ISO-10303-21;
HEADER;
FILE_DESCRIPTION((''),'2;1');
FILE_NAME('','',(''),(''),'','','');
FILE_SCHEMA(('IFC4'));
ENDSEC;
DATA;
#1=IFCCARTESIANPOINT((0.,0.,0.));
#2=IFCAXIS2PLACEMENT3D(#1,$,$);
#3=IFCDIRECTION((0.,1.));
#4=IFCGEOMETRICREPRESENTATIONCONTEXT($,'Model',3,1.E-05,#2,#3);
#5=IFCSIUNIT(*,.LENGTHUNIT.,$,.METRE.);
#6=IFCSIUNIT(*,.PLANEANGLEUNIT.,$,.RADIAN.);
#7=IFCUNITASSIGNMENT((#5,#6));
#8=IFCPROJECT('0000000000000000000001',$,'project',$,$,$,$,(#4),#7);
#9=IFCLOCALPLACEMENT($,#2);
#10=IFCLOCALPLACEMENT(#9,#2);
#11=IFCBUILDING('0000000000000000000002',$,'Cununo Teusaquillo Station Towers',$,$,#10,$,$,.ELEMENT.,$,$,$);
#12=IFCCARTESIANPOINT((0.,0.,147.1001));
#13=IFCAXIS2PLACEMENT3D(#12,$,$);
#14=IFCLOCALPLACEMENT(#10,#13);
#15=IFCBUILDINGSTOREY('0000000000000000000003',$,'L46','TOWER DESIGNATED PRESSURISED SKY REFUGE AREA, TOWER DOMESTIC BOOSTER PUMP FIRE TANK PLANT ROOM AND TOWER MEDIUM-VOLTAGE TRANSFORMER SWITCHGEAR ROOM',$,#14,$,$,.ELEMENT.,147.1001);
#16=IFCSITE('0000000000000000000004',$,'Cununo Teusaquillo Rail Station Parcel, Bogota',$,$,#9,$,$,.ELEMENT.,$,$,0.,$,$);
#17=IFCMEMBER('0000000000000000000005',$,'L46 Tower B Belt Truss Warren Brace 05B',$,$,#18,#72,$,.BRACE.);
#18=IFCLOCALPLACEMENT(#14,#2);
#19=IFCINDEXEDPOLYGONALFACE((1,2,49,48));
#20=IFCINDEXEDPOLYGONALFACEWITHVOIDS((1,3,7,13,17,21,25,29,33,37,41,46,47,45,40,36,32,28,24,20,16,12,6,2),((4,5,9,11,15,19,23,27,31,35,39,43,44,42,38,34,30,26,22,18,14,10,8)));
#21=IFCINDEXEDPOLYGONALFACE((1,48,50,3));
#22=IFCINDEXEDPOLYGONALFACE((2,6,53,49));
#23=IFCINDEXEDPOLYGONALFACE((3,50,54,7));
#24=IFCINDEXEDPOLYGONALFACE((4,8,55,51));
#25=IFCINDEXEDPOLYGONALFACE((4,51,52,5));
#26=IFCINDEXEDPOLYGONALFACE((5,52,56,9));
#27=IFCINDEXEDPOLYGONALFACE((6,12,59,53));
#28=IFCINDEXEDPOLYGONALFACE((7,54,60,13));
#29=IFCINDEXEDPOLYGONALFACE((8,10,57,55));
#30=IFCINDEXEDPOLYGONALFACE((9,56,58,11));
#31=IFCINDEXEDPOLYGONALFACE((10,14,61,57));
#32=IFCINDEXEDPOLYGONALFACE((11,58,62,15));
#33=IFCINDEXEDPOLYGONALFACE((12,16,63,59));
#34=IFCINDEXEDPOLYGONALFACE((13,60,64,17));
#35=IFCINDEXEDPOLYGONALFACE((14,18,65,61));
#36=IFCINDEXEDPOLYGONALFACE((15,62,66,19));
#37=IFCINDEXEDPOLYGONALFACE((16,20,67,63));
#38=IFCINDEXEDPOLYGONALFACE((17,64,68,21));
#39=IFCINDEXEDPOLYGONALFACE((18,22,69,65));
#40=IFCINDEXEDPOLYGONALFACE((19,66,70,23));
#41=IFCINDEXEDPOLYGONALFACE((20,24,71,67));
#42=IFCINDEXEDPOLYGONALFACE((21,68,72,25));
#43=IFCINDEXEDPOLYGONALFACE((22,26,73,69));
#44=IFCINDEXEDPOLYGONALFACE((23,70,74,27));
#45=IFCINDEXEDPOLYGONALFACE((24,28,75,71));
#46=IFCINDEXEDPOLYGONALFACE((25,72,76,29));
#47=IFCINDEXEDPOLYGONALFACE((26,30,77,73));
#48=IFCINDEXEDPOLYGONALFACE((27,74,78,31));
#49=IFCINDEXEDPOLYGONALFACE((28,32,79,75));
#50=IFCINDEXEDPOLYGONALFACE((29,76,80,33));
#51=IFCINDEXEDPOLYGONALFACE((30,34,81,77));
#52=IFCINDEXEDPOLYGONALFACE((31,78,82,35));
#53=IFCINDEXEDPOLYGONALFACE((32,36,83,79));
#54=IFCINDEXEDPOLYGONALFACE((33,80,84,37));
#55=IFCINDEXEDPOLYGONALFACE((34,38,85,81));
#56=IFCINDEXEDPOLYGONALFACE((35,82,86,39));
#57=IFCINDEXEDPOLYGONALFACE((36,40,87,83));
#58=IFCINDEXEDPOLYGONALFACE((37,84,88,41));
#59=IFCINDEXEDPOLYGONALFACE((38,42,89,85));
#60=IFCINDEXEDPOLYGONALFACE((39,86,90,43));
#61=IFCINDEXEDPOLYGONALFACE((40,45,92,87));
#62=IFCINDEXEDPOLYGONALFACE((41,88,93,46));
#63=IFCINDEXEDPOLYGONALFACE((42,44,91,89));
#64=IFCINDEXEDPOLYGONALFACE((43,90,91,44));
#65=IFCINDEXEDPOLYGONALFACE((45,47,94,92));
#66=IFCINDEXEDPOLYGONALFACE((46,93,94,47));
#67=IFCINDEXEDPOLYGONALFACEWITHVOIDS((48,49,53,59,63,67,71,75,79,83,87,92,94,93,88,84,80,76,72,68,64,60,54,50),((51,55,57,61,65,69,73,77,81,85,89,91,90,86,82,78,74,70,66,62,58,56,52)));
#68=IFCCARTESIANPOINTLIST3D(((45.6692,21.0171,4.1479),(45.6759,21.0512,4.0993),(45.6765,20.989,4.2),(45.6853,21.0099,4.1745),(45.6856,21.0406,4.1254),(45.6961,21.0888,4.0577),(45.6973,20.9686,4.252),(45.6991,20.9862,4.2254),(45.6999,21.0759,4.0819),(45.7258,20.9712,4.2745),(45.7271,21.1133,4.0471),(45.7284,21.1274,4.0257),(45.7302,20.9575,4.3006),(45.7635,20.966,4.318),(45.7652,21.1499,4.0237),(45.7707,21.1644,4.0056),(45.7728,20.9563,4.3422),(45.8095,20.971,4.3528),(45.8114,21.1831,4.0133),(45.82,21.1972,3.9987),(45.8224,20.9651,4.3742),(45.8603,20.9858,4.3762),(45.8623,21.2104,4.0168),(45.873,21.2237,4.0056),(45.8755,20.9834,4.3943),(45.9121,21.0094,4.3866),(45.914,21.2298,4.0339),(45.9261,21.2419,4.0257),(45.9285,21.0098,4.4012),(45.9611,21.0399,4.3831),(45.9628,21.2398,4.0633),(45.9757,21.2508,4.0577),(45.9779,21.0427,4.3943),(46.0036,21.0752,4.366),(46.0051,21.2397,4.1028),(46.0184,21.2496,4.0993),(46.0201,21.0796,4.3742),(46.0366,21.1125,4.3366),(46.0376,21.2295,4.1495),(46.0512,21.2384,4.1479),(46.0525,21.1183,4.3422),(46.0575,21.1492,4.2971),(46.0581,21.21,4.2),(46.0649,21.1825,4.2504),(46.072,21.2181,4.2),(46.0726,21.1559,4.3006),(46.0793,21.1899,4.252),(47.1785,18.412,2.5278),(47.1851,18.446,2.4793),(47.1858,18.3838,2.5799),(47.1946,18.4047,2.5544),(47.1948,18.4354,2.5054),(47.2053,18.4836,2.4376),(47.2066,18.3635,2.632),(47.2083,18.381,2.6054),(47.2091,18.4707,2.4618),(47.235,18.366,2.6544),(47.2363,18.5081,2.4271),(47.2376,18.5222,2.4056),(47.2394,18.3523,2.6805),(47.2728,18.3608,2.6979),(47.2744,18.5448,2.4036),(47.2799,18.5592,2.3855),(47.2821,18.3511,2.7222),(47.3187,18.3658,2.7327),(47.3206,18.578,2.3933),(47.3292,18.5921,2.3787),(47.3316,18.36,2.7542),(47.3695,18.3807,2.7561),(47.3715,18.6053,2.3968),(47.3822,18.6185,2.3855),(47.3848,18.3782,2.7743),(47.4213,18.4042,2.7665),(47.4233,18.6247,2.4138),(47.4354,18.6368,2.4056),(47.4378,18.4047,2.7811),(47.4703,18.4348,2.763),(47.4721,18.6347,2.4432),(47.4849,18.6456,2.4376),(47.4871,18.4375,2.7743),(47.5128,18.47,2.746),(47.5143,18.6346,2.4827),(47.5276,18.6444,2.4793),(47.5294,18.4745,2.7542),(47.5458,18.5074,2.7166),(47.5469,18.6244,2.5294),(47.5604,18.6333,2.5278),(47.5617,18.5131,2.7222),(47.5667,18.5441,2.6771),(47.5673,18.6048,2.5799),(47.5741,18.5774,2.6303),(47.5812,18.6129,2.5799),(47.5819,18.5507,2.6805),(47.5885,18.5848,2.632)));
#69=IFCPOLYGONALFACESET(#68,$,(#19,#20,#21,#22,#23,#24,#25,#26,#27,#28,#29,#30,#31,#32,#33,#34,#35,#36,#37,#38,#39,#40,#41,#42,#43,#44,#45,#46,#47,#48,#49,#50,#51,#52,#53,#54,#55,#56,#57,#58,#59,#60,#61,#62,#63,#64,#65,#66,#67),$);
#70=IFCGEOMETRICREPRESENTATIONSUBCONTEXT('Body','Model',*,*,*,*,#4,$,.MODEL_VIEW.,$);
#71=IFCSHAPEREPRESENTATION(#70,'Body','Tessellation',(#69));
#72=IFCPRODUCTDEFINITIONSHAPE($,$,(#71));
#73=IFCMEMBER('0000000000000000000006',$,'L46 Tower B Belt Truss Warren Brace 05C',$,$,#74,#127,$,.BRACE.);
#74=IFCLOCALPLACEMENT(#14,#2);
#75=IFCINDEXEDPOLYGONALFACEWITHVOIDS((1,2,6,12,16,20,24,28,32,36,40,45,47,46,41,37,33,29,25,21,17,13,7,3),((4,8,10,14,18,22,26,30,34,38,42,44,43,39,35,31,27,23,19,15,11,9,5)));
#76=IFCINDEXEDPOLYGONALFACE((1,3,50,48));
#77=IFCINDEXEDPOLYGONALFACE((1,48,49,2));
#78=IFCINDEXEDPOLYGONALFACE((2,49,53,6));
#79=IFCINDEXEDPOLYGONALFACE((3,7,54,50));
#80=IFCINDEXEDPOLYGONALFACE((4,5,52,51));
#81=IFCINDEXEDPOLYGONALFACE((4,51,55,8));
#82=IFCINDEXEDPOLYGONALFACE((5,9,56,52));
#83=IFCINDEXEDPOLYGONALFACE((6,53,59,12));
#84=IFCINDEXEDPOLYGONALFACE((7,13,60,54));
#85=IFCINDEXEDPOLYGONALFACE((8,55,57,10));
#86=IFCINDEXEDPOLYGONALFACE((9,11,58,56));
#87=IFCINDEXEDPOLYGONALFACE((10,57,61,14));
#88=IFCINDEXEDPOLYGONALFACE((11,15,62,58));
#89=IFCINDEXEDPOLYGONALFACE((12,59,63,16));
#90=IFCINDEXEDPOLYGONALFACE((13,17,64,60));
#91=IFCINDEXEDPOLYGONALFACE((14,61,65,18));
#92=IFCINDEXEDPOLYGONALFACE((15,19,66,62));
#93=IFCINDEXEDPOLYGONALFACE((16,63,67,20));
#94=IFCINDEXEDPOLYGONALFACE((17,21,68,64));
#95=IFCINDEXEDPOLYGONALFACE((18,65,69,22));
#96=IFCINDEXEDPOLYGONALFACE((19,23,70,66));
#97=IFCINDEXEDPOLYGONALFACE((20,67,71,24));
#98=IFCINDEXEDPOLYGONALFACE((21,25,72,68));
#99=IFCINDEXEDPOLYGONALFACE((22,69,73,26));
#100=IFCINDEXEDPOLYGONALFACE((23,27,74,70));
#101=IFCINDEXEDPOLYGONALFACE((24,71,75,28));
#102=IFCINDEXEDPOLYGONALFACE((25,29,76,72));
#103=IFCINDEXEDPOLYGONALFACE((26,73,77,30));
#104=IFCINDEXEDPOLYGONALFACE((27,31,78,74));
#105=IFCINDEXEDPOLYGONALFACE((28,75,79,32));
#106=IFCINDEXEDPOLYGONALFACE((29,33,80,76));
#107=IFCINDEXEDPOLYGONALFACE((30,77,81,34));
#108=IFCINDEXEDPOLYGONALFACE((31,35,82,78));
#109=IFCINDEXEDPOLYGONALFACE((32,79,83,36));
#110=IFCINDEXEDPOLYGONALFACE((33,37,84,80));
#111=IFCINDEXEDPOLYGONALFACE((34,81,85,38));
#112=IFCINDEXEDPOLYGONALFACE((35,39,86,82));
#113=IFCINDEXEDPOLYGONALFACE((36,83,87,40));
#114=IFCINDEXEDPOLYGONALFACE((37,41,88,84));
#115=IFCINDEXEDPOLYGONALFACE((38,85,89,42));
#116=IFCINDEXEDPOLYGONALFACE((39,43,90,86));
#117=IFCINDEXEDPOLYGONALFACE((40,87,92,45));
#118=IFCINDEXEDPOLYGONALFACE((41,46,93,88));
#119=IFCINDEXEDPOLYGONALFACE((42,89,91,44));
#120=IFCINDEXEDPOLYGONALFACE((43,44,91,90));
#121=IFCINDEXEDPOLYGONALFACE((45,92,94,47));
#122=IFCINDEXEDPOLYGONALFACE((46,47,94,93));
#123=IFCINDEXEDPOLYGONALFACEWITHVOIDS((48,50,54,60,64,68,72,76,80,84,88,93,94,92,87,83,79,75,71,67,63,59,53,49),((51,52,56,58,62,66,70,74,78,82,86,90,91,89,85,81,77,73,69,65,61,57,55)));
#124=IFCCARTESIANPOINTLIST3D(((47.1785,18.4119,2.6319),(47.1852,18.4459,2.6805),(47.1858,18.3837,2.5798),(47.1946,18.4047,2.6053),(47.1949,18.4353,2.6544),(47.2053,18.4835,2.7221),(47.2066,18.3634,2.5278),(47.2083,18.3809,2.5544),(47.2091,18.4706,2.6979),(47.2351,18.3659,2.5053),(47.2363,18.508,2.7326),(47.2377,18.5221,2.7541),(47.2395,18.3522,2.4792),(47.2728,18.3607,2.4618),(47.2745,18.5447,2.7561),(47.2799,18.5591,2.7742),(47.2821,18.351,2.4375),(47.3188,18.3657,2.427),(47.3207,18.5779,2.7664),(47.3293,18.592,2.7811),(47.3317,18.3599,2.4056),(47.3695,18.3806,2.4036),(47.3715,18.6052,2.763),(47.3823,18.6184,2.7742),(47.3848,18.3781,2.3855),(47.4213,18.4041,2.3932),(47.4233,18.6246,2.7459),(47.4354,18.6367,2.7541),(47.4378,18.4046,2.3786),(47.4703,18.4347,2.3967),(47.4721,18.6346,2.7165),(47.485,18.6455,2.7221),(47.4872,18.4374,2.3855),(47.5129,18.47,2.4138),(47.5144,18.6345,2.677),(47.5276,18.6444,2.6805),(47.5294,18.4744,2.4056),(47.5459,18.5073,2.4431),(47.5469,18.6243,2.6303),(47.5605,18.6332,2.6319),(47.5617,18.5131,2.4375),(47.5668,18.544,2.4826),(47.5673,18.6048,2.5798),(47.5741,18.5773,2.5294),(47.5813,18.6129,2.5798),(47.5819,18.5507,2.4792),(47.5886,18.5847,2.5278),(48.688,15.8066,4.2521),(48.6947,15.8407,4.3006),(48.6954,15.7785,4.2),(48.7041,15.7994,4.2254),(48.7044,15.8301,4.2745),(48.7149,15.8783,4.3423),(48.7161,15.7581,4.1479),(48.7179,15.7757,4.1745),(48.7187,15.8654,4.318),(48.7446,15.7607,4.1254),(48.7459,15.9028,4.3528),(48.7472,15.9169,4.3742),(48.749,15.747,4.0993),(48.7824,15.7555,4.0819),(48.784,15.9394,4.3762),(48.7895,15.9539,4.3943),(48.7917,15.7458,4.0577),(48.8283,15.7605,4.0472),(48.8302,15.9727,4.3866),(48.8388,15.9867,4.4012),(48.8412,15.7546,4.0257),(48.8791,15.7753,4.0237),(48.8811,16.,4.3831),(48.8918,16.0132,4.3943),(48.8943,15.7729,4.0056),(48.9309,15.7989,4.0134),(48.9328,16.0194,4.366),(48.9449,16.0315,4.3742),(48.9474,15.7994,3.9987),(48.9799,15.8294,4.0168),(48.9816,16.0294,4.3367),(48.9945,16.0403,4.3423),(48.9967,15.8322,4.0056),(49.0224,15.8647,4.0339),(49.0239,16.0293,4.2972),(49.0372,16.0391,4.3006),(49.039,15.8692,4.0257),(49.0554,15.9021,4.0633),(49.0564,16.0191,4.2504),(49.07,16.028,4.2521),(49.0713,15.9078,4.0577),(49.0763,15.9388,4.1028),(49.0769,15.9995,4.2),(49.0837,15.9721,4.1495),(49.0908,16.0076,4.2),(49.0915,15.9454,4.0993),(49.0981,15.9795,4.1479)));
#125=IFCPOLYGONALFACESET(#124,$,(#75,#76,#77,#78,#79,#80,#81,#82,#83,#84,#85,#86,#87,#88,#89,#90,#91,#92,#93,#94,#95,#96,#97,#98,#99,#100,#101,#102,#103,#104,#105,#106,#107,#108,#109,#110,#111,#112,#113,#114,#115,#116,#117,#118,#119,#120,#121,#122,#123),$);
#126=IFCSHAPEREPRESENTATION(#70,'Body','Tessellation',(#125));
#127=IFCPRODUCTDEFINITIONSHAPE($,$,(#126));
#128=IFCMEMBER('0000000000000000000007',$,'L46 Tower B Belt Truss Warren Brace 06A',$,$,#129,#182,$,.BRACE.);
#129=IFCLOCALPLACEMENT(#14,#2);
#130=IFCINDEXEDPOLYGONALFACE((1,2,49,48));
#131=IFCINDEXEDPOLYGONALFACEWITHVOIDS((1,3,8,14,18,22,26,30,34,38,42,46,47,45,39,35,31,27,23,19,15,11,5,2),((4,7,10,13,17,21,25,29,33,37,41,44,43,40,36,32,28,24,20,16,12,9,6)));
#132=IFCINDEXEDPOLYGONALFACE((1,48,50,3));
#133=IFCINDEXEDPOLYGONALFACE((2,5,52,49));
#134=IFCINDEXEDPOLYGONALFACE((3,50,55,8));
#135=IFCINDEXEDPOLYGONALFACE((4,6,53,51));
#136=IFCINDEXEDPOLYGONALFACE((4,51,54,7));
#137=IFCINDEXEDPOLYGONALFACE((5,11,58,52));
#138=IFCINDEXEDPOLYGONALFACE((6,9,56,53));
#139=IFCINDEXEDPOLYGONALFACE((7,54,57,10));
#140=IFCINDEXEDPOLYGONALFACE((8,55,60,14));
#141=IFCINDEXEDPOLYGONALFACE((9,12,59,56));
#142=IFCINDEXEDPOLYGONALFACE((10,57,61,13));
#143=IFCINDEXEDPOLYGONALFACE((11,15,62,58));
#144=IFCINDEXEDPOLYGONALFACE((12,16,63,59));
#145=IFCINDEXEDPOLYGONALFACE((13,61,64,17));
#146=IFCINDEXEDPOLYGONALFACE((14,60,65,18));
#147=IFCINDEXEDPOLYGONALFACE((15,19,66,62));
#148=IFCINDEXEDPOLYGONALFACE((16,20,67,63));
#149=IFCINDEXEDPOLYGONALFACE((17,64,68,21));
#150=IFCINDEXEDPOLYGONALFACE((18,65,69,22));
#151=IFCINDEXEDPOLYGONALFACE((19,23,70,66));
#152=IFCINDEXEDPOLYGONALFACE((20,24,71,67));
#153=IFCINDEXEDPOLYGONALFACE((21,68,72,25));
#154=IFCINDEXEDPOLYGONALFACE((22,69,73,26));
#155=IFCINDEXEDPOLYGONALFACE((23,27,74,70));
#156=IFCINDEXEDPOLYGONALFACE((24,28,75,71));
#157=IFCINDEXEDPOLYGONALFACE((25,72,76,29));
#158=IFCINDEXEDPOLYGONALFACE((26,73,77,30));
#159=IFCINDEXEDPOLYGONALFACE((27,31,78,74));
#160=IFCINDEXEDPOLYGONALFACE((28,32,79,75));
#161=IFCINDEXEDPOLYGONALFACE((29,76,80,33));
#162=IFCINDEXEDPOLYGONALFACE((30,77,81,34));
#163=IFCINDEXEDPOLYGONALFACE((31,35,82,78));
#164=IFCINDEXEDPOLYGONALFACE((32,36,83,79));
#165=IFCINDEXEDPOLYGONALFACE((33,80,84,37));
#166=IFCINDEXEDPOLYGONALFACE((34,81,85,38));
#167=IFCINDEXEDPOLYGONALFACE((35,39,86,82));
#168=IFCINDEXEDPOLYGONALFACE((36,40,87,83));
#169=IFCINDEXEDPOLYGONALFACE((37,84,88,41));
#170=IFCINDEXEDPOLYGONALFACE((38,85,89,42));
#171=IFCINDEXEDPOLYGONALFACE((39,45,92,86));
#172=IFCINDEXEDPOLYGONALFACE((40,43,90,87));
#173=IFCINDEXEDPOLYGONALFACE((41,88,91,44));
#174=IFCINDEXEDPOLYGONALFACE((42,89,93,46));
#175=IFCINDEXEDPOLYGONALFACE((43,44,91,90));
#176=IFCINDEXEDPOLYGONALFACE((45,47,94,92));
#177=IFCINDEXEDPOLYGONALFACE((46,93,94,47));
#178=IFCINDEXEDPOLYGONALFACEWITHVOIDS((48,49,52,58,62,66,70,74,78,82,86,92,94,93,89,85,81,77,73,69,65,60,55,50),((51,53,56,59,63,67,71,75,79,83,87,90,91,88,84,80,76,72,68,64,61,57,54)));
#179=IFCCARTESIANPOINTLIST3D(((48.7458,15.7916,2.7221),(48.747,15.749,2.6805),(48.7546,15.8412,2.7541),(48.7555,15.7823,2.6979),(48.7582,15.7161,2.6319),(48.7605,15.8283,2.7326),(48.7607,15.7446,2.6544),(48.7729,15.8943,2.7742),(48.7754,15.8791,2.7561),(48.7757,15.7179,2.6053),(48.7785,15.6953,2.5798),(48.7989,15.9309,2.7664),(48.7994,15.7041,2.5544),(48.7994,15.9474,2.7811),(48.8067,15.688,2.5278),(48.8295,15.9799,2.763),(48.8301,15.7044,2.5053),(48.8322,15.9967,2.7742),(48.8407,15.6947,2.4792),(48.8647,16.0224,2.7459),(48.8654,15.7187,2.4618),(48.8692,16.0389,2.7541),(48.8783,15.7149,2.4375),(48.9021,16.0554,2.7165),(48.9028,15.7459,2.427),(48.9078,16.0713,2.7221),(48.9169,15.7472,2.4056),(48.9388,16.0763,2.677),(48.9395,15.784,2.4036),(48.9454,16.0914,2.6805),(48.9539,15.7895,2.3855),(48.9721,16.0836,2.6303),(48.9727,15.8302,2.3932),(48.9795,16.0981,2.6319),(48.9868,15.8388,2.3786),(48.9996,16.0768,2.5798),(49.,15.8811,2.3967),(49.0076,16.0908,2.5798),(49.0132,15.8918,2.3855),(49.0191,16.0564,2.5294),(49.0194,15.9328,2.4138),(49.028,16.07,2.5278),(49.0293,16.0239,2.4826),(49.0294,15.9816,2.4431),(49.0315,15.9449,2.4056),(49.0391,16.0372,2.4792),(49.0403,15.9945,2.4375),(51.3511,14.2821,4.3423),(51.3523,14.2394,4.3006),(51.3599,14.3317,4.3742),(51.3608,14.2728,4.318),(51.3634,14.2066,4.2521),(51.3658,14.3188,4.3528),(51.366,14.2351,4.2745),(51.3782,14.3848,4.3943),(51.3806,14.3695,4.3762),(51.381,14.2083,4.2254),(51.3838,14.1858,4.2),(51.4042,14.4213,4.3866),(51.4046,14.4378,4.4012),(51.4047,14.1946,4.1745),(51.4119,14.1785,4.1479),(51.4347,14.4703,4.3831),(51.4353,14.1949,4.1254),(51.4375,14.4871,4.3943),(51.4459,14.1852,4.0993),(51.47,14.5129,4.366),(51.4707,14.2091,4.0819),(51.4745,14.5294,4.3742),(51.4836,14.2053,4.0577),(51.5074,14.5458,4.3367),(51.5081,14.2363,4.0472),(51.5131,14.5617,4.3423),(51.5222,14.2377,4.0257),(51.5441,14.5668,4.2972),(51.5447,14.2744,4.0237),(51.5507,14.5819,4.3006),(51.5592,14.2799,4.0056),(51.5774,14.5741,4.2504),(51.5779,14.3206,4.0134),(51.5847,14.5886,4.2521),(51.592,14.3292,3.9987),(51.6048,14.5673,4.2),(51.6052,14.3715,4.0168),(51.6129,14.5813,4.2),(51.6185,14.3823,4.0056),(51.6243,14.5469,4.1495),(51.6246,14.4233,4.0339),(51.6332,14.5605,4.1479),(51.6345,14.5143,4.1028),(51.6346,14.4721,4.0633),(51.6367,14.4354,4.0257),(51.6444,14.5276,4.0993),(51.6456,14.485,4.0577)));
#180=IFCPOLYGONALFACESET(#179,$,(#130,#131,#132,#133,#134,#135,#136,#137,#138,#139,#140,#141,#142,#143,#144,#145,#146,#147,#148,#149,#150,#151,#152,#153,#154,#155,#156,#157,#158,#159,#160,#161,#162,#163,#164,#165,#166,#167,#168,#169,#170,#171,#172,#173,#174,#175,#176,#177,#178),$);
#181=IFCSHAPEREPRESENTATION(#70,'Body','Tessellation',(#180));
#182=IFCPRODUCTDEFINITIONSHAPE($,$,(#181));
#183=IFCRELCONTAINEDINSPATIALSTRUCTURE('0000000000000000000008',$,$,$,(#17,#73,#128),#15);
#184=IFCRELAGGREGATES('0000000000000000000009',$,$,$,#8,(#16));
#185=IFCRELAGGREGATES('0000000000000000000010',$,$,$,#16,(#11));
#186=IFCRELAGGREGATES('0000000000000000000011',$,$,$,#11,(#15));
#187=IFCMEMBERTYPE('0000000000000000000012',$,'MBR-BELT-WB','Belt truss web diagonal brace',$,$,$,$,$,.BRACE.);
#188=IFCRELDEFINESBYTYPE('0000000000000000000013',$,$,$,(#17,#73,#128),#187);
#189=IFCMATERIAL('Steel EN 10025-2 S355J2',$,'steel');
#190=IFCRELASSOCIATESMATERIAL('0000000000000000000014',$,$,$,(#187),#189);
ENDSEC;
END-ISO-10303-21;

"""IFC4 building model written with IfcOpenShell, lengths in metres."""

from ifc_helpers import new_model, si_unit, direction, frame, origin, origin_2d, place, context, subcontext, project, spatial, hollow_circle, extrude, material, material_profile, profile_set, type_object, element, save


model = new_model("IFC4")

# Units and contexts
model_context = context("Model", 3, precision=1e-05, world=origin(), true_north=direction((0.0, 1.0)))
body_context = subcontext(model_context, "Body", "Model", "MODEL_VIEW")
ifc_project = project(units=[si_unit("LENGTHUNIT", "METRE"), si_unit("PLANEANGLEUNIT", "RADIAN")], contexts=[model_context])

# Site, building, storey
site_placement = place(None, origin())
site = spatial("IfcSite", under=ifc_project, at=site_placement, Name="Cununo Teusaquillo Rail Station Parcel, Bogota", CompositionType="ELEMENT", RefElevation=0.0)
building_placement = place(site_placement, origin())
building = spatial("IfcBuilding", under=site, at=building_placement, Name="Cununo Teusaquillo Station Towers", CompositionType="ELEMENT")
storey_placement = place(building_placement, frame((0.0, 0.0, 147.1001)))
storey = spatial("IfcBuildingStorey", under=building, at=storey_placement, Name="L46", Description="TOWER DESIGNATED PRESSURISED SKY REFUGE AREA, TOWER DOMESTIC BOOSTER PUMP FIRE TANK PLANT ROOM AND TOWER MEDIUM-VOLTAGE TRANSFORMER SWITCHGEAR ROOM", CompositionType="ELEMENT", Elevation=147.1001)

# Members
ifc_material_1 = material(Name="Steel EN 10025-2 S355J2", Category="steel")
ifc_material_profile_1 = material_profile(ifc_material_1, hollow_circle(Radius=0.2285, WallThickness=0.0161, at=origin_2d()), Name="CHS 457x16")
ifc_profile_set_1 = profile_set([ifc_material_profile_1], Name="Steel EN 10025-2 S355J2")
member_type_1 = type_object("IfcMemberType", Name="MBR-BELT-WB", Description="Belt truss web diagonal brace", PredefinedType="BRACE", material=ifc_profile_set_1)
member_1_placement = place(storey_placement, frame((45.8743, 21.1035, 4.2), z_axis=(0.441432, -0.761974, -0.47385), x_axis=(0.865284, 0.501282, 0.0)))
element("IfcMember", 1, at=member_1_placement, inside=storey, type_object=member_type_1, Name="L46 Tower B Belt Truss Warren Brace 05B", PredefinedType="BRACE", context=body_context, shape_type="SweptSolid", body=[
    extrude(hollow_circle(Radius=0.2285, WallThickness=0.0161, at=origin_2d()), origin(), (0.0, 0.0, 1.0), 3.4189),
])
for number, where, z_axis, x_axis, name in (
    (2, (47.3835, 18.4983, 2.5798), (0.441489, -0.76195, 0.473835), (0.865249, 0.501343, 0.0), "L46 Tower B Belt Truss Warren Brace 05C"),
    (3, (48.8931, 15.8931, 2.5798), (0.76195, -0.441489, 0.473835), (0.501343, 0.865249, 0.0), "L46 Tower B Belt Truss Warren Brace 06A"),
):
    element("IfcMember", number, at=place(storey_placement, frame(where, z_axis=z_axis, x_axis=x_axis)), inside=storey, type_object=member_type_1, Name=name, PredefinedType="BRACE", context=body_context, shape_type="SweptSolid", body=[
        extrude(hollow_circle(Radius=0.2285, WallThickness=0.0161, at=origin_2d()), origin(), (0.0, 0.0, 1.0), 3.4192),
    ])

save(model, "model.ifc")
